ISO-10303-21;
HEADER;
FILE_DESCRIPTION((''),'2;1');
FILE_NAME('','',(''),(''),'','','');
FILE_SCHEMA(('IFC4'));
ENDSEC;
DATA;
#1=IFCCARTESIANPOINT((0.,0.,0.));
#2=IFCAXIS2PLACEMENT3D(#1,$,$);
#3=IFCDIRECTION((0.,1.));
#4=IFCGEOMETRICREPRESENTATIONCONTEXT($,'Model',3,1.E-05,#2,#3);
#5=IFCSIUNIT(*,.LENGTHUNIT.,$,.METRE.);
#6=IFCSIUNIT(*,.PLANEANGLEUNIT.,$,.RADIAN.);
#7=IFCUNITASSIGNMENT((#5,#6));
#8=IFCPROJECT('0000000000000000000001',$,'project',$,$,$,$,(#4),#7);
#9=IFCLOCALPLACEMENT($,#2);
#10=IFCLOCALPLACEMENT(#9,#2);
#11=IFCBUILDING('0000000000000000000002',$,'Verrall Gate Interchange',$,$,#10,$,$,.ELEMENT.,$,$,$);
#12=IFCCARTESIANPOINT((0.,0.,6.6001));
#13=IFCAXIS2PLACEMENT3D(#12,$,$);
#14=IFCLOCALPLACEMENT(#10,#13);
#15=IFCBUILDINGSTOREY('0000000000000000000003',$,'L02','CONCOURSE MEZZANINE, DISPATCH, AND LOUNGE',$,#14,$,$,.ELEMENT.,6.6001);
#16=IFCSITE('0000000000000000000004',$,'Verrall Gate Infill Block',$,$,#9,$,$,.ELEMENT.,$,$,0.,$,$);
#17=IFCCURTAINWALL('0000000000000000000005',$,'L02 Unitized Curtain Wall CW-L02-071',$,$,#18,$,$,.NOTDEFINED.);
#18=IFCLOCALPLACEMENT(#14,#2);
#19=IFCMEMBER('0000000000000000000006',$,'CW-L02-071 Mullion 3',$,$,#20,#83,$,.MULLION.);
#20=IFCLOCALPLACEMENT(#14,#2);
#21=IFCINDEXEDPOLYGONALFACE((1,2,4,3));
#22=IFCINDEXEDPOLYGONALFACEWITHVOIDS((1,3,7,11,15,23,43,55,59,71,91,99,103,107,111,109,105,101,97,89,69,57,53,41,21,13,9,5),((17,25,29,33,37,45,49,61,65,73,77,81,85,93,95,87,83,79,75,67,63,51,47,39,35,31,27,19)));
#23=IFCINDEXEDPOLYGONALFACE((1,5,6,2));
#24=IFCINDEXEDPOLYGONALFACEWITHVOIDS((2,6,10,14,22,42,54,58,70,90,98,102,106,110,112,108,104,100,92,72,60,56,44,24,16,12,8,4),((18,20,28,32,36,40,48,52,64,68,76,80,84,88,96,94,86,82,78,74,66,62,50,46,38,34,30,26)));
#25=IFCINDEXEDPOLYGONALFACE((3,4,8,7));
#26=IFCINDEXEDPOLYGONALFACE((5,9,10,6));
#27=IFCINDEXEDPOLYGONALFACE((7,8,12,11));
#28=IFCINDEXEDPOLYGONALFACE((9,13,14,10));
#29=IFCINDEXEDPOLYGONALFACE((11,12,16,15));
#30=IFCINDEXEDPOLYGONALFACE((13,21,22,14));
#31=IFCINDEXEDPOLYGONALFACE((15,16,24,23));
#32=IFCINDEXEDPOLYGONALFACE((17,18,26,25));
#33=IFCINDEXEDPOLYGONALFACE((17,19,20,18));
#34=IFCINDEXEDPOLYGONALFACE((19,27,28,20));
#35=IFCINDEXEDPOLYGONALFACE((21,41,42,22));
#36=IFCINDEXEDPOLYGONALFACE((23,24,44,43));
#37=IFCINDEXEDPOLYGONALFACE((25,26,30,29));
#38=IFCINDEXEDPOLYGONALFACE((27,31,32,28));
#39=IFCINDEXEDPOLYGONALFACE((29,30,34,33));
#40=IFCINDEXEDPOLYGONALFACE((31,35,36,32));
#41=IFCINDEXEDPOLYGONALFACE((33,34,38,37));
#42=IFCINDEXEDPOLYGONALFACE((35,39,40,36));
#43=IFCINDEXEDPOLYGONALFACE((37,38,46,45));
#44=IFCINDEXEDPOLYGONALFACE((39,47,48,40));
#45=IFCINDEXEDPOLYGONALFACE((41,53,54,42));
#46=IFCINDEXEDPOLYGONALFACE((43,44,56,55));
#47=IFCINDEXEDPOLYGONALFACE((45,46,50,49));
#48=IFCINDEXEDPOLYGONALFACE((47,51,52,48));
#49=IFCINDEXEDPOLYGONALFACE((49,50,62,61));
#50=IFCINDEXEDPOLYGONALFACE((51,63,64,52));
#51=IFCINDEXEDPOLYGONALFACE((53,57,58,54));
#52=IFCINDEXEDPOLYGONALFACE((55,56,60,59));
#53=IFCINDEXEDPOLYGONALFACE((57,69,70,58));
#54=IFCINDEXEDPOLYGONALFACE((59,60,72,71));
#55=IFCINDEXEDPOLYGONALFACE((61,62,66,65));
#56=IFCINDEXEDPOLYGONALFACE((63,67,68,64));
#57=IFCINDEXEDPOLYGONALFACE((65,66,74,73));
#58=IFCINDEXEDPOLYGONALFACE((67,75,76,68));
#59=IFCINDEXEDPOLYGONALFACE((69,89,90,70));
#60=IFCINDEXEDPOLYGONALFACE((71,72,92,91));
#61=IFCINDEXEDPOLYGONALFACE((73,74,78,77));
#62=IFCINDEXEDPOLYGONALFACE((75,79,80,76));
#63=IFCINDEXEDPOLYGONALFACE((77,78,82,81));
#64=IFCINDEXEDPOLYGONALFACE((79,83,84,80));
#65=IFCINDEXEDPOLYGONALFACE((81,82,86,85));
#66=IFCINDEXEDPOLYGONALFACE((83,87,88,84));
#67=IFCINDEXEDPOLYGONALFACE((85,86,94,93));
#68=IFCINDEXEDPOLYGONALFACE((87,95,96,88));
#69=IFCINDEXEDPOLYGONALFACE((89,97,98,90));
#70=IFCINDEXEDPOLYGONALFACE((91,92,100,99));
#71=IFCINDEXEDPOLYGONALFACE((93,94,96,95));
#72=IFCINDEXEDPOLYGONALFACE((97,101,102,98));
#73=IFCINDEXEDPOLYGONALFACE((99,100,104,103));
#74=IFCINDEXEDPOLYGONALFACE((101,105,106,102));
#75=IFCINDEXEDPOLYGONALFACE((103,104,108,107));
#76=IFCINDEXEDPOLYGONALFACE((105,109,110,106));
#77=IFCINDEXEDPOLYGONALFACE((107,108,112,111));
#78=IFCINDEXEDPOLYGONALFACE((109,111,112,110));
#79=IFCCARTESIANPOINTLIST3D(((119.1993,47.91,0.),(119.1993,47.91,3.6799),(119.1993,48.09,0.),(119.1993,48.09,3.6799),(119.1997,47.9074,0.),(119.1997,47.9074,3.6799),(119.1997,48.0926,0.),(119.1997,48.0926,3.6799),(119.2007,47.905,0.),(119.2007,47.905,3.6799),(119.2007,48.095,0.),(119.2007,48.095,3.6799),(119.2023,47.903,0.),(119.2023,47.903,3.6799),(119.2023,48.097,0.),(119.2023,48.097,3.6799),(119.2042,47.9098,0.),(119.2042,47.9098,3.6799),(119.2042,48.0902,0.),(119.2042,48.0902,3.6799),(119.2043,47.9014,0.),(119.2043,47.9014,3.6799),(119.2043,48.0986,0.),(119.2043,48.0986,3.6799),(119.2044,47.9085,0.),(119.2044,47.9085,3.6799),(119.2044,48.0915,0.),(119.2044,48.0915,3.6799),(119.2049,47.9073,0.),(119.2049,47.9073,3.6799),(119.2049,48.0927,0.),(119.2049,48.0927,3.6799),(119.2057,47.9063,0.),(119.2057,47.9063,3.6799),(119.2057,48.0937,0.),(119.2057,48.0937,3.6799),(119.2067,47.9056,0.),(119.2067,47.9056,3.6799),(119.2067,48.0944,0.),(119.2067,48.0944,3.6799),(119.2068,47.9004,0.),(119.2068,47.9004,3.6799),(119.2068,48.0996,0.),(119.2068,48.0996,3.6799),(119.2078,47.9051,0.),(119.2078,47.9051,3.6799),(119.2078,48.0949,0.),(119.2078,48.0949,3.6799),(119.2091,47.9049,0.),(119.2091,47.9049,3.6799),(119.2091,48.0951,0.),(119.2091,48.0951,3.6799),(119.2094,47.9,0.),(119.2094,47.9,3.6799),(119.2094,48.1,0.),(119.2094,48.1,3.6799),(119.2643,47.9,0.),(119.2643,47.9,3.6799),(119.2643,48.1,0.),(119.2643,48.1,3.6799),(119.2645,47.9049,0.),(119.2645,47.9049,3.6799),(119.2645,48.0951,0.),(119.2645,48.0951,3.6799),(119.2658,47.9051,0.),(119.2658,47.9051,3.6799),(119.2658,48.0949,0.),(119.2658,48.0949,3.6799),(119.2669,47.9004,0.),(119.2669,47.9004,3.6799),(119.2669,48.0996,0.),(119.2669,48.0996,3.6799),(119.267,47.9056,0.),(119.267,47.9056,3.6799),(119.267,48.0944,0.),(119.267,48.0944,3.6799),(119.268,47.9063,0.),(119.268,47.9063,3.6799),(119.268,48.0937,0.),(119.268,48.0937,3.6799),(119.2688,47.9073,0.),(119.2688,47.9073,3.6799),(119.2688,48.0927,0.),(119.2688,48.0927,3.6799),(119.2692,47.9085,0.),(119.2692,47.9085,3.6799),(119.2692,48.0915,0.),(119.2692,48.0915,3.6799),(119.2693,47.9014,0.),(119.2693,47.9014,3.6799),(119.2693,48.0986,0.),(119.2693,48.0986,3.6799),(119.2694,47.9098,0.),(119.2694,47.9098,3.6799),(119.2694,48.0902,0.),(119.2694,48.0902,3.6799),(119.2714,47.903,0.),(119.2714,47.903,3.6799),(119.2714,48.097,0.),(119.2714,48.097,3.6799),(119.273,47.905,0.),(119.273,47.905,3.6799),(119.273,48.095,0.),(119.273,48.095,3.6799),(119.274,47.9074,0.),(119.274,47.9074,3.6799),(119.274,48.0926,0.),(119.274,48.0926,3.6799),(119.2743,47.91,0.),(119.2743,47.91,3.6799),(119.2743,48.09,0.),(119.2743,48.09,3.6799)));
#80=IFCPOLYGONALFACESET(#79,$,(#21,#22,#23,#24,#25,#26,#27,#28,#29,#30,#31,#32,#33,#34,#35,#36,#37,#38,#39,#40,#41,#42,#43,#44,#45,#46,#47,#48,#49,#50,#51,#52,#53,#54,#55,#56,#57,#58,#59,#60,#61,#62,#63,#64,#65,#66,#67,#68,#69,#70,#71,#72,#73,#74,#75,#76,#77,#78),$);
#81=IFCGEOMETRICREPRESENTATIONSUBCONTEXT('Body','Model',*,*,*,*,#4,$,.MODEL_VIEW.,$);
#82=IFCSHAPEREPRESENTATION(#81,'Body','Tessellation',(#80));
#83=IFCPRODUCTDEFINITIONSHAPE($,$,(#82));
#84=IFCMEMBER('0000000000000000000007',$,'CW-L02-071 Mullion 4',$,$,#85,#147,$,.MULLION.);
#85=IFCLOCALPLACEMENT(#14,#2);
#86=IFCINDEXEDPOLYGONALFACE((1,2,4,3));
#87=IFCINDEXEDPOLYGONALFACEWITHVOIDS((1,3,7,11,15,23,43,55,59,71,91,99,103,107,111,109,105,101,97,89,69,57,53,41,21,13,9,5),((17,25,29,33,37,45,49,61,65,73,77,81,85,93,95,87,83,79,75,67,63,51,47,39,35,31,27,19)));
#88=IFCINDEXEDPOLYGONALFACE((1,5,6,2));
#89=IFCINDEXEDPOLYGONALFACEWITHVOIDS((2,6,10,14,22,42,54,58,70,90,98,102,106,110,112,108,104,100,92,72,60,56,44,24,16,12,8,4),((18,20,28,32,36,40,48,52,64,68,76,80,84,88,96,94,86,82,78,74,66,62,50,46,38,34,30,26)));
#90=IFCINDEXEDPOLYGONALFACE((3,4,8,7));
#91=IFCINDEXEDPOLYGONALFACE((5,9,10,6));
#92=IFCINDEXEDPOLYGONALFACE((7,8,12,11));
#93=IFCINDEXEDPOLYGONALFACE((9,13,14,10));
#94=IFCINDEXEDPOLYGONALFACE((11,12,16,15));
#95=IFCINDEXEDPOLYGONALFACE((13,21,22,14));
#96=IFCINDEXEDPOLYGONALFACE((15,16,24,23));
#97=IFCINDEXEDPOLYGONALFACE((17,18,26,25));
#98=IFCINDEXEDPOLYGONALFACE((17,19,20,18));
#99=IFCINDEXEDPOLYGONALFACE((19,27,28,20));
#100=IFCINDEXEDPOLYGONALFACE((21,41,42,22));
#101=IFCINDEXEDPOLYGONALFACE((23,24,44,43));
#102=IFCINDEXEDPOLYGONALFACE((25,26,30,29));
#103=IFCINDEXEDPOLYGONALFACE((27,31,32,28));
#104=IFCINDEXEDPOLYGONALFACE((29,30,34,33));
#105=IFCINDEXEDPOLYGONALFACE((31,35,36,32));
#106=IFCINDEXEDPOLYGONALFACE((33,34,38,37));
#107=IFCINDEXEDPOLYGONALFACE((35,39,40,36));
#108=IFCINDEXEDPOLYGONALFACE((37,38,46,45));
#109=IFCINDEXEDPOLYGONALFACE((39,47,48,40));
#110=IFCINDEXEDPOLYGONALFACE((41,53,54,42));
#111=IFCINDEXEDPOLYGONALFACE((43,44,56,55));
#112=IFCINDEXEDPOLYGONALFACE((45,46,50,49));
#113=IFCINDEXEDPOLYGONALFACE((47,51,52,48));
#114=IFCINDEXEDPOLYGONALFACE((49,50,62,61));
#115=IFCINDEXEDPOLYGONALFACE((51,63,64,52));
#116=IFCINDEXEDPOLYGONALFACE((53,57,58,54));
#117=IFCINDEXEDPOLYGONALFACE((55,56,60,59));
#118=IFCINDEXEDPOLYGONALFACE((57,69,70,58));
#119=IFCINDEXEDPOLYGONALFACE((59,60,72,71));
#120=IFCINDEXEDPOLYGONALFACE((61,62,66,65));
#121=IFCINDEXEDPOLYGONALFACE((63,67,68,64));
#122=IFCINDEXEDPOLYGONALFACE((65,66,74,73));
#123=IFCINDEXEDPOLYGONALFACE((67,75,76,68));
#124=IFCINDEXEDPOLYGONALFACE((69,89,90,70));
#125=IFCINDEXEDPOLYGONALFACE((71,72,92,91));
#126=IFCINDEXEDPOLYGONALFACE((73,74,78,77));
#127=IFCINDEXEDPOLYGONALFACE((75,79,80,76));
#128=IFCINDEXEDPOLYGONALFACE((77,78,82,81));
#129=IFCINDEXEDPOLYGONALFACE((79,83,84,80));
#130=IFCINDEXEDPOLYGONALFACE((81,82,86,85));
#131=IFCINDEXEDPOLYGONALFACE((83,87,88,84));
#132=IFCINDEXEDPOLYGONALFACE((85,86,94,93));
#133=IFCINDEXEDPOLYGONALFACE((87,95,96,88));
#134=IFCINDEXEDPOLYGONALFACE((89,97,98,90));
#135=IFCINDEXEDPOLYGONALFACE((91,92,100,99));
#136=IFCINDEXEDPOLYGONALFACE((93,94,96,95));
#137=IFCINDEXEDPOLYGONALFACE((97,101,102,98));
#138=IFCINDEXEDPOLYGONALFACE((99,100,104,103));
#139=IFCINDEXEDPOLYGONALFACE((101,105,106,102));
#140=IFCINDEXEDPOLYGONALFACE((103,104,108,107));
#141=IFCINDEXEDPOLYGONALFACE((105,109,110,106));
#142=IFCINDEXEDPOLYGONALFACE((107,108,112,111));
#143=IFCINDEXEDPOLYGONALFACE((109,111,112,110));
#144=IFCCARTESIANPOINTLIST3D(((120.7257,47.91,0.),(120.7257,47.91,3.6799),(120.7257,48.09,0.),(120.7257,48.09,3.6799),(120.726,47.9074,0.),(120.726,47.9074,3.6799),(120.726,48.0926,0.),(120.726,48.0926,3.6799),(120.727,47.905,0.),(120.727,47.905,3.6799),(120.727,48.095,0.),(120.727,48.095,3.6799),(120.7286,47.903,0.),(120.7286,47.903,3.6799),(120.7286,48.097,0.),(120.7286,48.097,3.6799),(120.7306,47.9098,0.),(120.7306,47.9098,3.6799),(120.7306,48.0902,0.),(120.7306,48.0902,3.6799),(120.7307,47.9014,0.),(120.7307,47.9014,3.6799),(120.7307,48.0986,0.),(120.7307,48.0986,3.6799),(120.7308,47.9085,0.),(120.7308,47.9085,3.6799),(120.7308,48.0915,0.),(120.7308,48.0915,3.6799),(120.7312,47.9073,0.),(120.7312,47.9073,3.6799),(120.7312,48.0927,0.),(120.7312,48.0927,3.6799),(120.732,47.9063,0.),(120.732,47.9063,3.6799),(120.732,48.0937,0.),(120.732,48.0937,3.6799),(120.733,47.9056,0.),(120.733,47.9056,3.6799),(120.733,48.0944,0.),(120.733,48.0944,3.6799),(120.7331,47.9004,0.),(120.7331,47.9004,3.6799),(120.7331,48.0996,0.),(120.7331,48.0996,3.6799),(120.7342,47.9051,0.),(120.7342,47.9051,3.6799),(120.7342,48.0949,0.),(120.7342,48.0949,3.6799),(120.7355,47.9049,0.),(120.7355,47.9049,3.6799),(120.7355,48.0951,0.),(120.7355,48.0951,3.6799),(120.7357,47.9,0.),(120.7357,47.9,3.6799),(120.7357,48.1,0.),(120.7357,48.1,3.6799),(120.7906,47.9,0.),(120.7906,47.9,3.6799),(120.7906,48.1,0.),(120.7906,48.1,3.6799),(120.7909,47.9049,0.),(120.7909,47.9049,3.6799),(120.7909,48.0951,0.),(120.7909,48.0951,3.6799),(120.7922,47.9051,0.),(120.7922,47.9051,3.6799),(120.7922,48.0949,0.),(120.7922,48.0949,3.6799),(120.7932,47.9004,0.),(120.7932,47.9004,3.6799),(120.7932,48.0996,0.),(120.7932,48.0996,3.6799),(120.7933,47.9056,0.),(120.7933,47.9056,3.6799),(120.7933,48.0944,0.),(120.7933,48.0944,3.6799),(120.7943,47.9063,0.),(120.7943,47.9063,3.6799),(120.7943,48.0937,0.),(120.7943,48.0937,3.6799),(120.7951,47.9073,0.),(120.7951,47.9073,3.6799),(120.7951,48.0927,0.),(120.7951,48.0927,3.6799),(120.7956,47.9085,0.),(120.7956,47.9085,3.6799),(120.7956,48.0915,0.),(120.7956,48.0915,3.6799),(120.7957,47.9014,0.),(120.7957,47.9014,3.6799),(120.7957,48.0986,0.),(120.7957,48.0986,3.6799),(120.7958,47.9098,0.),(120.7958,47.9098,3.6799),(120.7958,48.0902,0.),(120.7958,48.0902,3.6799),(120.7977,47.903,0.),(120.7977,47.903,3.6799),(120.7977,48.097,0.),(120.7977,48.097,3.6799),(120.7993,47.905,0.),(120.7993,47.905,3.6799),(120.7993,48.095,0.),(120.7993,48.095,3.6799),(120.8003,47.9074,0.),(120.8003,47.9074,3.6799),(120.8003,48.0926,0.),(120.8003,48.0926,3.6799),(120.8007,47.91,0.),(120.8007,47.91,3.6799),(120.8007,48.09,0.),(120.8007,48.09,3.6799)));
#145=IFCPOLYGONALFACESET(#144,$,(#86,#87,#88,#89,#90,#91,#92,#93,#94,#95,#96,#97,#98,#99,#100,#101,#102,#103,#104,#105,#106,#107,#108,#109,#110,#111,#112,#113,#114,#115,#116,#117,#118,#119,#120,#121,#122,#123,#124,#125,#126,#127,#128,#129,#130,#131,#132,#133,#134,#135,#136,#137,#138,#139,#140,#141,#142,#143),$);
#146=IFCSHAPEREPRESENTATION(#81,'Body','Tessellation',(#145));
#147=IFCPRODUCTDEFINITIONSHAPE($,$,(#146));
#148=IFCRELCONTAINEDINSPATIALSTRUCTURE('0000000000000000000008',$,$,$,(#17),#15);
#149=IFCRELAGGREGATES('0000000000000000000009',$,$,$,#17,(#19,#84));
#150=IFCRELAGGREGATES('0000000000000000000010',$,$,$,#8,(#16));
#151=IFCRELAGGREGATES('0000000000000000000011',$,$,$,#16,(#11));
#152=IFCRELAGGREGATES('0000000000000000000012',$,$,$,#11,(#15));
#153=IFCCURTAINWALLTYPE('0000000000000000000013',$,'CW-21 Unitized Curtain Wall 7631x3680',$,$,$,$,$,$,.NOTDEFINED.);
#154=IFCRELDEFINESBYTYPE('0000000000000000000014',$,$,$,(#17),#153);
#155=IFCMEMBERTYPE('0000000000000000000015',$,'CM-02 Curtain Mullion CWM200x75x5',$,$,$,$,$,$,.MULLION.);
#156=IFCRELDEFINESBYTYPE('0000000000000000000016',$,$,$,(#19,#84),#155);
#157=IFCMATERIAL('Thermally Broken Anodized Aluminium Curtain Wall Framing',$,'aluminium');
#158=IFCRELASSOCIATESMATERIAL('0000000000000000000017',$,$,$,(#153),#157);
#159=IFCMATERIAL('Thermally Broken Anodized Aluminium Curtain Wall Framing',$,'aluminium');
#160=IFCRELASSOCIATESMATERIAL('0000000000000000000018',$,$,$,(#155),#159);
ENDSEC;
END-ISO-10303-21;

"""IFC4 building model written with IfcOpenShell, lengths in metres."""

from ifc_helpers import new_model, si_unit, direction, frame, origin, origin_2d, place, context, subcontext, project, spatial, hollow_rectangle, extrude, material, material_profile, profile_set, type_object, element, aggregate, save


model = new_model("IFC4")

# Units and contexts
model_context = context("Model", 3, precision=1e-05, world=origin(), true_north=direction((0.0, 1.0)))
body_context = subcontext(model_context, "Body", "Model", "MODEL_VIEW")
ifc_project = project(units=[si_unit("LENGTHUNIT", "METRE"), si_unit("PLANEANGLEUNIT", "RADIAN")], contexts=[model_context])

# Site, building, storey
site_placement = place(None, origin())
site = spatial("IfcSite", under=ifc_project, at=site_placement, Name="Verrall Gate Infill Block", CompositionType="ELEMENT", RefElevation=0.0)
building_placement = place(site_placement, origin())
building = spatial("IfcBuilding", under=site, at=building_placement, Name="Verrall Gate Interchange", CompositionType="ELEMENT")
storey_placement = place(building_placement, frame((0.0, 0.0, 6.6001)))
storey = spatial("IfcBuildingStorey", under=building, at=storey_placement, Name="L02", Description="CONCOURSE MEZZANINE, DISPATCH, AND LOUNGE", CompositionType="ELEMENT", Elevation=6.6001)

# Curtain wall, members
ifc_material_1 = material(Name="Thermally Broken Anodized Aluminium Curtain Wall Framing", Category="aluminium")
curtain_wall_type = type_object("IfcCurtainWallType", Name="CW-21 Unitized Curtain Wall 7631x3680", PredefinedType="NOTDEFINED", material=ifc_material_1)
curtain_wall_1_placement = place(storey_placement, origin())
curtain_wall_1 = element("IfcCurtainWall", 1, at=curtain_wall_1_placement, inside=storey, type_object=curtain_wall_type, Name="L02 Unitized Curtain Wall CW-L02-071", PredefinedType="NOTDEFINED")
ifc_material_2 = material(Name="Thermally Broken Anodized Aluminium Curtain Wall Framing", Category="aluminium")
ifc_material_profile_1 = material_profile(ifc_material_2, hollow_rectangle(XDim=0.075, YDim=0.2, WallThickness=0.0049, InnerFilletRadius=0.0049, OuterFilletRadius=0.01, at=origin_2d()), Name="CWM200x75x5")
ifc_profile_set_1 = profile_set([ifc_material_profile_1], Name="Thermally Broken Anodized Aluminium Curtain Wall Framing")
member_type_1 = type_object("IfcMemberType", Name="CM-02 Curtain Mullion CWM200x75x5", PredefinedType="MULLION", material=ifc_profile_set_1)
member_1_placement = place(storey_placement, frame((119.2368, 48.0, 0.0), z_axis=(0.0, 0.0, 1.0), x_axis=(1.0, 0.0, 0.0)))
member_1 = element("IfcMember", 2, at=member_1_placement, type_object=member_type_1, Name="CW-L02-071 Mullion 3", PredefinedType="MULLION", context=body_context, shape_type="SweptSolid", body=[
    extrude(hollow_rectangle(XDim=0.075, YDim=0.2, WallThickness=0.0049, InnerFilletRadius=0.0049, OuterFilletRadius=0.01, at=origin_2d()), origin(), (0.0, 0.0, 1.0), 3.6799),
])
member_2_placement = place(storey_placement, frame((120.7632, 48.0, 0.0), z_axis=(0.0, 0.0, 1.0), x_axis=(1.0, 0.0, 0.0)))
member_2 = element("IfcMember", 3, at=member_2_placement, type_object=member_type_1, Name="CW-L02-071 Mullion 4", PredefinedType="MULLION", context=body_context, shape_type="SweptSolid", body=[
    extrude(hollow_rectangle(XDim=0.075, YDim=0.2, WallThickness=0.0049, InnerFilletRadius=0.0049, OuterFilletRadius=0.01, at=origin_2d()), origin(), (0.0, 0.0, 1.0), 3.6799),
])

aggregate(curtain_wall_1, [member_1, member_2])

save(model, "model.ifc")
